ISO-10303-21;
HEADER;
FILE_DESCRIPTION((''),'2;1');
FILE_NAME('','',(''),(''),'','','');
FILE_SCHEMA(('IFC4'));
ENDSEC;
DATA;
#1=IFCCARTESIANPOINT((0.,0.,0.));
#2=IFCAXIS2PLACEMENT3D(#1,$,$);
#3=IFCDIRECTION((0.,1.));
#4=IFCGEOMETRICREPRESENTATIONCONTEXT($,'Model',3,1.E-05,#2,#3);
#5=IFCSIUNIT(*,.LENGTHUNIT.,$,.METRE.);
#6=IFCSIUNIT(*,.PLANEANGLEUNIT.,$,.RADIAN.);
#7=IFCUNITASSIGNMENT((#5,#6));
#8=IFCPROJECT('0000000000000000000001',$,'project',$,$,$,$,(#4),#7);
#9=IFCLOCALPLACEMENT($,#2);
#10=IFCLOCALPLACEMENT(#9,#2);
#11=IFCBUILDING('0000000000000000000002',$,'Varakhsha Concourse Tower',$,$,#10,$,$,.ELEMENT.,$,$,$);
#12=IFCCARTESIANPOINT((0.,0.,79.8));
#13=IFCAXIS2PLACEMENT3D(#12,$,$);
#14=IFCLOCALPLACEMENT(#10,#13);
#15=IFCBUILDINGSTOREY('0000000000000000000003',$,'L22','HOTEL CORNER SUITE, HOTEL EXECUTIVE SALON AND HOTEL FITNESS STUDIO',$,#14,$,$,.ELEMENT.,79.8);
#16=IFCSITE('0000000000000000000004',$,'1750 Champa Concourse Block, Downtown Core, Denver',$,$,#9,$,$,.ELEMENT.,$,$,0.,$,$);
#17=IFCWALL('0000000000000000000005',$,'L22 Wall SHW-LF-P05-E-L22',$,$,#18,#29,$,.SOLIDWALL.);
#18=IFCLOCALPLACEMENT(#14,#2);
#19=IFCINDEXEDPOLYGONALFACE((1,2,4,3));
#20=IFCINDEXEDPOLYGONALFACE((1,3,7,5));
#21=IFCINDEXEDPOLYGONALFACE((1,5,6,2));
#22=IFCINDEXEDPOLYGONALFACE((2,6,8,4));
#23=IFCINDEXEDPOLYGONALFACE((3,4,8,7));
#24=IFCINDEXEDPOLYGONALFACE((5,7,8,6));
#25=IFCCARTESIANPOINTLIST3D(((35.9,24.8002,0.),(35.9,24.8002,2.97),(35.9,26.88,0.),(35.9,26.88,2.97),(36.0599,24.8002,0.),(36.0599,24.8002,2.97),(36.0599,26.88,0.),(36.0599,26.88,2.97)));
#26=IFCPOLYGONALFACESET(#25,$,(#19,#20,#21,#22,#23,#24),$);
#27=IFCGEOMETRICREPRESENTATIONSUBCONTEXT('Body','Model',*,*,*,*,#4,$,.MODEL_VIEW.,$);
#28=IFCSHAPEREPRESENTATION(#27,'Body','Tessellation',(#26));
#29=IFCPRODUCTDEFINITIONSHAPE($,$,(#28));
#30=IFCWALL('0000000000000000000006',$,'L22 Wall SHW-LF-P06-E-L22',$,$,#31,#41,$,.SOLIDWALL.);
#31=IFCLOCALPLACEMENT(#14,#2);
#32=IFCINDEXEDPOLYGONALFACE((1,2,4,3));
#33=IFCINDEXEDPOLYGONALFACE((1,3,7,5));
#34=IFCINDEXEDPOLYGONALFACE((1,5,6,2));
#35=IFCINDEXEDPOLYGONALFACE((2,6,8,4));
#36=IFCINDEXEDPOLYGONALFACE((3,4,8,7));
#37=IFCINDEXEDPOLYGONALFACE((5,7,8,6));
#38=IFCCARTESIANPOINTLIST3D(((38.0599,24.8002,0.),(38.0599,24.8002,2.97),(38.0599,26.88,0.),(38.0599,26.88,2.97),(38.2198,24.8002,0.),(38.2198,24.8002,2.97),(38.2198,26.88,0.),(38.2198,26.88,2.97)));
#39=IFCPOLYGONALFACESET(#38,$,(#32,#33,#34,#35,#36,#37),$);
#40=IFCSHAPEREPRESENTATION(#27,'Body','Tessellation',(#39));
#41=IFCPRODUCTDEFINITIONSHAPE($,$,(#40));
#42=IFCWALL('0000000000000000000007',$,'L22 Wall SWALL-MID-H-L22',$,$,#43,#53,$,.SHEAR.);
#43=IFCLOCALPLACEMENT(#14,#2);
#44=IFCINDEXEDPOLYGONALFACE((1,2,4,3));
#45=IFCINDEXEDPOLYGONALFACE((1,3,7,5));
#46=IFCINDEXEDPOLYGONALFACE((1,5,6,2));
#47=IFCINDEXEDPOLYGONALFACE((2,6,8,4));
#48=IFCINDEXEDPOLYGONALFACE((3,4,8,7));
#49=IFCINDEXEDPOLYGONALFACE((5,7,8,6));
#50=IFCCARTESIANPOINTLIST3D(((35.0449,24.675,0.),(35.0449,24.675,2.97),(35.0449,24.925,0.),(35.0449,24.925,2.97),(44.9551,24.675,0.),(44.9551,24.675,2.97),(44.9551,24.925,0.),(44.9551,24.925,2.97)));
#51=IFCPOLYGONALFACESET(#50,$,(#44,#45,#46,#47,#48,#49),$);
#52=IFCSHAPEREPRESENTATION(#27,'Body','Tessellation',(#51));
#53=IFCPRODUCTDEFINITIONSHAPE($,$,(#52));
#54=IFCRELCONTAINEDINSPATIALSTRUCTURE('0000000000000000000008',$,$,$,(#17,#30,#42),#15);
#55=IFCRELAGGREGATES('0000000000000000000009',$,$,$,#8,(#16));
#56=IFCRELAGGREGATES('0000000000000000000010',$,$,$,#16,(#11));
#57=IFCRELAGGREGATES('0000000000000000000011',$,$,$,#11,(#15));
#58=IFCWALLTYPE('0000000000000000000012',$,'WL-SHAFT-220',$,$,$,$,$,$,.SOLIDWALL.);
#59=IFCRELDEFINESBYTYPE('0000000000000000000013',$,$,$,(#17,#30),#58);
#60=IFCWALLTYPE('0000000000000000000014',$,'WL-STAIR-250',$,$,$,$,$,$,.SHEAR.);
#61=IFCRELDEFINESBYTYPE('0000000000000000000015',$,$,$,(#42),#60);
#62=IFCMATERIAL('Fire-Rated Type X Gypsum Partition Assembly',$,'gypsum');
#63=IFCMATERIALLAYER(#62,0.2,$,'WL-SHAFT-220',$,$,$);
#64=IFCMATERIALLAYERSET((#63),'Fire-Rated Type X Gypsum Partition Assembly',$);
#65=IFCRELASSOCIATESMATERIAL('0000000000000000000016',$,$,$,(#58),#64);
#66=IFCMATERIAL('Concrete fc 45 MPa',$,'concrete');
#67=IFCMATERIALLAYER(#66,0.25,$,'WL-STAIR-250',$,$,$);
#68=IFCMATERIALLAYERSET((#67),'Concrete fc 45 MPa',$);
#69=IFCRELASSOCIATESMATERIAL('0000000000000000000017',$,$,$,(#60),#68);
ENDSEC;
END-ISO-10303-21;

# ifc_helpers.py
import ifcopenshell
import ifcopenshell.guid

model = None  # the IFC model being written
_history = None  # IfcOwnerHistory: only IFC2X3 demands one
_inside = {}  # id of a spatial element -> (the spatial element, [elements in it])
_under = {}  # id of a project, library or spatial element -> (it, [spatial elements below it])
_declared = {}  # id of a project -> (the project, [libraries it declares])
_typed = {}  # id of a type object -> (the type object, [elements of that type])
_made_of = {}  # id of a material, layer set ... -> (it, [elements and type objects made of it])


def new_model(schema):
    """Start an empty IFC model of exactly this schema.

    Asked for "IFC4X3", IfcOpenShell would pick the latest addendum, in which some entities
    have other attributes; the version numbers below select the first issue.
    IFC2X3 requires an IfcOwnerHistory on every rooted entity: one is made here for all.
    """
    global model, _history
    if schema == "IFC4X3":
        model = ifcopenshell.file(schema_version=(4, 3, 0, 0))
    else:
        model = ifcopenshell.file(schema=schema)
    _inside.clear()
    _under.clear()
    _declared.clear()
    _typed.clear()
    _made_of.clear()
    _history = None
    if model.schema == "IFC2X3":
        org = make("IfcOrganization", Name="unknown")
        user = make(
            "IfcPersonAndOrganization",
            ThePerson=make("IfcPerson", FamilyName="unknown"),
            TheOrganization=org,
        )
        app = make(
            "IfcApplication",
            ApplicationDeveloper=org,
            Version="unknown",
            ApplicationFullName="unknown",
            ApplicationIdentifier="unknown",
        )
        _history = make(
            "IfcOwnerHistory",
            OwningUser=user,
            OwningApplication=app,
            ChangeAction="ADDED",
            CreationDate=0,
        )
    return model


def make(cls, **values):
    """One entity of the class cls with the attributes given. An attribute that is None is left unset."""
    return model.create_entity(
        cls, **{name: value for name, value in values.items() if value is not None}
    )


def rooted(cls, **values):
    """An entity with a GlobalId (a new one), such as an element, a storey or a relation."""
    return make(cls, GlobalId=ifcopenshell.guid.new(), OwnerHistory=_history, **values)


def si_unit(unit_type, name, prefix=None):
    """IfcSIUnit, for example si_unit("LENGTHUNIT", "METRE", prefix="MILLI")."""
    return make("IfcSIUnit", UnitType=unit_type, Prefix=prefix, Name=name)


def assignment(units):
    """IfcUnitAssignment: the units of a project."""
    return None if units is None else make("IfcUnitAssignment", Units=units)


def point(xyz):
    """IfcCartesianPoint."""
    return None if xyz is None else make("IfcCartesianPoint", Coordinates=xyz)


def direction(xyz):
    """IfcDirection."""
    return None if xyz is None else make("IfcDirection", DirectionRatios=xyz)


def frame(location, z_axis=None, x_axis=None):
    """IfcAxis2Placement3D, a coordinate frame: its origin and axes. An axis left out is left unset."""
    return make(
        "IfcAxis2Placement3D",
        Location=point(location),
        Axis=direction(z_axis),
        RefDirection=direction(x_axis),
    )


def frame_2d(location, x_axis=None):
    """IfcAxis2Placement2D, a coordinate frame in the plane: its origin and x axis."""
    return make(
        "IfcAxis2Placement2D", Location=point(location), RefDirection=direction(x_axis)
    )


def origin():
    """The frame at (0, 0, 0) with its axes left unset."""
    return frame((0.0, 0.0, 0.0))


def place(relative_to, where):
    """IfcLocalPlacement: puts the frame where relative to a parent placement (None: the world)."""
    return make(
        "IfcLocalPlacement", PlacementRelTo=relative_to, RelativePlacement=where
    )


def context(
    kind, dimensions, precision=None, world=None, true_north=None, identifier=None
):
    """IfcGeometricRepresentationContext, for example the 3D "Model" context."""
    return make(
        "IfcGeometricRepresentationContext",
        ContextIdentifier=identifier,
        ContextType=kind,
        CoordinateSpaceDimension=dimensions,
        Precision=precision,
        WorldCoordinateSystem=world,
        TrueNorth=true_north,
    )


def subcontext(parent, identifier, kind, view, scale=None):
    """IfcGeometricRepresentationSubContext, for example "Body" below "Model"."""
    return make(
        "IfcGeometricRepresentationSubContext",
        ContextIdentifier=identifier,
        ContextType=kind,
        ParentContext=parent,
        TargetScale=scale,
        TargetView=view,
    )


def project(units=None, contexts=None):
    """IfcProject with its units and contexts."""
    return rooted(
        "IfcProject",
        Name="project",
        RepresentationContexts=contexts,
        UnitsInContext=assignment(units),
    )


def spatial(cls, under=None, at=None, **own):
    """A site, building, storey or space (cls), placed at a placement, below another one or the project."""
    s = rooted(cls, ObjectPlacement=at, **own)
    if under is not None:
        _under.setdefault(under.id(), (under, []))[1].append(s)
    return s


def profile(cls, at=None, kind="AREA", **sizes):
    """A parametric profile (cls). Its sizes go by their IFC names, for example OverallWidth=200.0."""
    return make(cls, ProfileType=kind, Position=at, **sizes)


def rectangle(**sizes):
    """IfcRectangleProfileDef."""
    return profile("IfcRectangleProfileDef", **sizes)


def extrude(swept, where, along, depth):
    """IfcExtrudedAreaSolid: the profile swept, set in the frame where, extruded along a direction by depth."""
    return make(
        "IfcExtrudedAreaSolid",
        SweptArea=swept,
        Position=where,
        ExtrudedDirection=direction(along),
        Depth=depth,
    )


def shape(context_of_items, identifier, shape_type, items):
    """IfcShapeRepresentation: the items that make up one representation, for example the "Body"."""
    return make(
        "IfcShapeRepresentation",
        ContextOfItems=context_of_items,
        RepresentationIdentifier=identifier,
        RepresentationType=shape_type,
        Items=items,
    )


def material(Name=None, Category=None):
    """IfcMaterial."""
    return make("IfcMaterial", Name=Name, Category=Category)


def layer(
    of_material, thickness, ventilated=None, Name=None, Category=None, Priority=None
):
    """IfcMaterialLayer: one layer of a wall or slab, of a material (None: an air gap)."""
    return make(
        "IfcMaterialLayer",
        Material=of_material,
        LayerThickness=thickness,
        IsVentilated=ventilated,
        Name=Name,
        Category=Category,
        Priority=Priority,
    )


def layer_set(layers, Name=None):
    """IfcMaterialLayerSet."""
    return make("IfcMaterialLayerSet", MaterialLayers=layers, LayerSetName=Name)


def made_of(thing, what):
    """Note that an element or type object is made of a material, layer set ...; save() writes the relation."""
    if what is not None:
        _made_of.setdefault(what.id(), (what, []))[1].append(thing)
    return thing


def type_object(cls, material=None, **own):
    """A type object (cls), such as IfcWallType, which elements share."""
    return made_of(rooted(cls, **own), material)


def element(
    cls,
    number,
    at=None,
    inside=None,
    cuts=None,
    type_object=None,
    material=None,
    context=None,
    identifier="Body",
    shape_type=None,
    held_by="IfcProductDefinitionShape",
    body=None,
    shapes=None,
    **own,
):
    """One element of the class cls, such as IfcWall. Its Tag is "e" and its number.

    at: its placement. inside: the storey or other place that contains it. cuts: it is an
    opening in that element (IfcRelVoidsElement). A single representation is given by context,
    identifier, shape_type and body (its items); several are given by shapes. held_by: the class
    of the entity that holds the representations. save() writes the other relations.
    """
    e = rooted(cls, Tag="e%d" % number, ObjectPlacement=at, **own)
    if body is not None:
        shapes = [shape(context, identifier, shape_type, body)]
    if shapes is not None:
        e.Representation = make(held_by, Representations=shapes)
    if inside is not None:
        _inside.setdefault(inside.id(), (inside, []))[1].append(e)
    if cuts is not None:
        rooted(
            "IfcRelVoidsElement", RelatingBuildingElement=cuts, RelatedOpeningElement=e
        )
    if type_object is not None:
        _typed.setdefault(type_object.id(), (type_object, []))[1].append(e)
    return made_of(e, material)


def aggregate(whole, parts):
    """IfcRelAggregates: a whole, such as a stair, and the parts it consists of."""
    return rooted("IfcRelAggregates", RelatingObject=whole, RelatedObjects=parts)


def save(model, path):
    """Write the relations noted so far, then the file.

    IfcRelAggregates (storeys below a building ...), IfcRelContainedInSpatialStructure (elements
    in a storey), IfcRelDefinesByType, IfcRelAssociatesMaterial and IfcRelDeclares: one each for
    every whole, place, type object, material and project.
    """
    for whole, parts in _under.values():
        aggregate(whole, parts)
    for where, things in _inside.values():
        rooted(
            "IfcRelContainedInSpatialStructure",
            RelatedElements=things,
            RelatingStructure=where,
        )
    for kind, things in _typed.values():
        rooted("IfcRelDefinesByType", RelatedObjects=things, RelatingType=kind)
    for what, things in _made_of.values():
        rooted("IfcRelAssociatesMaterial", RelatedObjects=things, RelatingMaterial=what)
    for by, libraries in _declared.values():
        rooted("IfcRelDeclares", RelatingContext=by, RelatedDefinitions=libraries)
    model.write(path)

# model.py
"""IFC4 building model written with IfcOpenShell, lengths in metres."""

from ifc_helpers import new_model, si_unit, direction, frame, frame_2d, origin, place, context, subcontext, project, spatial, rectangle, extrude, material, layer, layer_set, type_object, element, save


model = new_model("IFC4")

# Units and contexts
model_context = context("Model", 3, precision=1e-05, world=origin(), true_north=direction((0.0, 1.0)))
body_context = subcontext(model_context, "Body", "Model", "MODEL_VIEW")
ifc_project = project(units=[si_unit("LENGTHUNIT", "METRE"), si_unit("PLANEANGLEUNIT", "RADIAN")], contexts=[model_context])

# Site, building, storey
site_placement = place(None, origin())
site = spatial("IfcSite", under=ifc_project, at=site_placement, Name="1750 Champa Concourse Block, Downtown Core, Denver", CompositionType="ELEMENT", RefElevation=0.0)
building_placement = place(site_placement, origin())
building = spatial("IfcBuilding", under=site, at=building_placement, Name="Varakhsha Concourse Tower", CompositionType="ELEMENT")
storey_placement = place(building_placement, frame((0.0, 0.0, 79.8)))
storey = spatial("IfcBuildingStorey", under=building, at=storey_placement, Name="L22", Description="HOTEL CORNER SUITE, HOTEL EXECUTIVE SALON AND HOTEL FITNESS STUDIO", CompositionType="ELEMENT", Elevation=79.8)

# Shared definitions
ifc_material_1 = material(Name="Fire-Rated Type X Gypsum Partition Assembly", Category="gypsum")

# Shared definitions
ifc_layer_1 = layer(ifc_material_1, 0.2, Name="WL-SHAFT-220")
ifc_layer_set_1 = layer_set([ifc_layer_1], Name="Fire-Rated Type X Gypsum Partition Assembly")
wall_type_1 = type_object("IfcWallType", Name="WL-SHAFT-220", PredefinedType="SOLIDWALL", material=ifc_layer_set_1)

# Walls
for number, where, z_axis, x_axis, name in (
    (1, (35.98, 24.8, 0.0), (0.0, 0.0, 1.0), (0.0, 1.0, 0.0), "L22 Wall SHW-LF-P05-E-L22"),
    (2, (38.1399, 24.8, 0.0), (0.0, 0.0, 1.0), (0.0, 1.0, 0.0), "L22 Wall SHW-LF-P06-E-L22"),
):
    element("IfcWall", number, at=place(storey_placement, frame(where, z_axis=z_axis, x_axis=x_axis)), inside=storey, type_object=wall_type_1, Name=name, PredefinedType="SOLIDWALL", context=body_context, shape_type="SweptSolid", body=[
        extrude(rectangle(XDim=2.0798, YDim=0.1599, at=frame_2d((1.04, 0.0))), origin(), (0.0, 0.0, 1.0), 2.97),
    ])
ifc_material_2 = material(Name="Concrete fc 45 MPa", Category="concrete")
ifc_layer_2 = layer(ifc_material_2, 0.25, Name="WL-STAIR-250")
ifc_layer_set_2 = layer_set([ifc_layer_2], Name="Concrete fc 45 MPa")
wall_type_2 = type_object("IfcWallType", Name="WL-STAIR-250", PredefinedType="SHEAR", material=ifc_layer_set_2)
wall_1_placement = place(storey_placement, frame((35.0449, 24.8, 0.0), z_axis=(0.0, 0.0, 1.0), x_axis=(1.0, 0.0, 0.0)))
element("IfcWall", 3, at=wall_1_placement, inside=storey, type_object=wall_type_2, Name="L22 Wall SWALL-MID-H-L22", PredefinedType="SHEAR", context=body_context, shape_type="SweptSolid", body=[
    extrude(rectangle(XDim=9.9102, YDim=0.25, at=frame_2d((4.9551, 0.0))), origin(), (0.0, 0.0, 1.0), 2.97),
])

save(model, "model.ifc")
